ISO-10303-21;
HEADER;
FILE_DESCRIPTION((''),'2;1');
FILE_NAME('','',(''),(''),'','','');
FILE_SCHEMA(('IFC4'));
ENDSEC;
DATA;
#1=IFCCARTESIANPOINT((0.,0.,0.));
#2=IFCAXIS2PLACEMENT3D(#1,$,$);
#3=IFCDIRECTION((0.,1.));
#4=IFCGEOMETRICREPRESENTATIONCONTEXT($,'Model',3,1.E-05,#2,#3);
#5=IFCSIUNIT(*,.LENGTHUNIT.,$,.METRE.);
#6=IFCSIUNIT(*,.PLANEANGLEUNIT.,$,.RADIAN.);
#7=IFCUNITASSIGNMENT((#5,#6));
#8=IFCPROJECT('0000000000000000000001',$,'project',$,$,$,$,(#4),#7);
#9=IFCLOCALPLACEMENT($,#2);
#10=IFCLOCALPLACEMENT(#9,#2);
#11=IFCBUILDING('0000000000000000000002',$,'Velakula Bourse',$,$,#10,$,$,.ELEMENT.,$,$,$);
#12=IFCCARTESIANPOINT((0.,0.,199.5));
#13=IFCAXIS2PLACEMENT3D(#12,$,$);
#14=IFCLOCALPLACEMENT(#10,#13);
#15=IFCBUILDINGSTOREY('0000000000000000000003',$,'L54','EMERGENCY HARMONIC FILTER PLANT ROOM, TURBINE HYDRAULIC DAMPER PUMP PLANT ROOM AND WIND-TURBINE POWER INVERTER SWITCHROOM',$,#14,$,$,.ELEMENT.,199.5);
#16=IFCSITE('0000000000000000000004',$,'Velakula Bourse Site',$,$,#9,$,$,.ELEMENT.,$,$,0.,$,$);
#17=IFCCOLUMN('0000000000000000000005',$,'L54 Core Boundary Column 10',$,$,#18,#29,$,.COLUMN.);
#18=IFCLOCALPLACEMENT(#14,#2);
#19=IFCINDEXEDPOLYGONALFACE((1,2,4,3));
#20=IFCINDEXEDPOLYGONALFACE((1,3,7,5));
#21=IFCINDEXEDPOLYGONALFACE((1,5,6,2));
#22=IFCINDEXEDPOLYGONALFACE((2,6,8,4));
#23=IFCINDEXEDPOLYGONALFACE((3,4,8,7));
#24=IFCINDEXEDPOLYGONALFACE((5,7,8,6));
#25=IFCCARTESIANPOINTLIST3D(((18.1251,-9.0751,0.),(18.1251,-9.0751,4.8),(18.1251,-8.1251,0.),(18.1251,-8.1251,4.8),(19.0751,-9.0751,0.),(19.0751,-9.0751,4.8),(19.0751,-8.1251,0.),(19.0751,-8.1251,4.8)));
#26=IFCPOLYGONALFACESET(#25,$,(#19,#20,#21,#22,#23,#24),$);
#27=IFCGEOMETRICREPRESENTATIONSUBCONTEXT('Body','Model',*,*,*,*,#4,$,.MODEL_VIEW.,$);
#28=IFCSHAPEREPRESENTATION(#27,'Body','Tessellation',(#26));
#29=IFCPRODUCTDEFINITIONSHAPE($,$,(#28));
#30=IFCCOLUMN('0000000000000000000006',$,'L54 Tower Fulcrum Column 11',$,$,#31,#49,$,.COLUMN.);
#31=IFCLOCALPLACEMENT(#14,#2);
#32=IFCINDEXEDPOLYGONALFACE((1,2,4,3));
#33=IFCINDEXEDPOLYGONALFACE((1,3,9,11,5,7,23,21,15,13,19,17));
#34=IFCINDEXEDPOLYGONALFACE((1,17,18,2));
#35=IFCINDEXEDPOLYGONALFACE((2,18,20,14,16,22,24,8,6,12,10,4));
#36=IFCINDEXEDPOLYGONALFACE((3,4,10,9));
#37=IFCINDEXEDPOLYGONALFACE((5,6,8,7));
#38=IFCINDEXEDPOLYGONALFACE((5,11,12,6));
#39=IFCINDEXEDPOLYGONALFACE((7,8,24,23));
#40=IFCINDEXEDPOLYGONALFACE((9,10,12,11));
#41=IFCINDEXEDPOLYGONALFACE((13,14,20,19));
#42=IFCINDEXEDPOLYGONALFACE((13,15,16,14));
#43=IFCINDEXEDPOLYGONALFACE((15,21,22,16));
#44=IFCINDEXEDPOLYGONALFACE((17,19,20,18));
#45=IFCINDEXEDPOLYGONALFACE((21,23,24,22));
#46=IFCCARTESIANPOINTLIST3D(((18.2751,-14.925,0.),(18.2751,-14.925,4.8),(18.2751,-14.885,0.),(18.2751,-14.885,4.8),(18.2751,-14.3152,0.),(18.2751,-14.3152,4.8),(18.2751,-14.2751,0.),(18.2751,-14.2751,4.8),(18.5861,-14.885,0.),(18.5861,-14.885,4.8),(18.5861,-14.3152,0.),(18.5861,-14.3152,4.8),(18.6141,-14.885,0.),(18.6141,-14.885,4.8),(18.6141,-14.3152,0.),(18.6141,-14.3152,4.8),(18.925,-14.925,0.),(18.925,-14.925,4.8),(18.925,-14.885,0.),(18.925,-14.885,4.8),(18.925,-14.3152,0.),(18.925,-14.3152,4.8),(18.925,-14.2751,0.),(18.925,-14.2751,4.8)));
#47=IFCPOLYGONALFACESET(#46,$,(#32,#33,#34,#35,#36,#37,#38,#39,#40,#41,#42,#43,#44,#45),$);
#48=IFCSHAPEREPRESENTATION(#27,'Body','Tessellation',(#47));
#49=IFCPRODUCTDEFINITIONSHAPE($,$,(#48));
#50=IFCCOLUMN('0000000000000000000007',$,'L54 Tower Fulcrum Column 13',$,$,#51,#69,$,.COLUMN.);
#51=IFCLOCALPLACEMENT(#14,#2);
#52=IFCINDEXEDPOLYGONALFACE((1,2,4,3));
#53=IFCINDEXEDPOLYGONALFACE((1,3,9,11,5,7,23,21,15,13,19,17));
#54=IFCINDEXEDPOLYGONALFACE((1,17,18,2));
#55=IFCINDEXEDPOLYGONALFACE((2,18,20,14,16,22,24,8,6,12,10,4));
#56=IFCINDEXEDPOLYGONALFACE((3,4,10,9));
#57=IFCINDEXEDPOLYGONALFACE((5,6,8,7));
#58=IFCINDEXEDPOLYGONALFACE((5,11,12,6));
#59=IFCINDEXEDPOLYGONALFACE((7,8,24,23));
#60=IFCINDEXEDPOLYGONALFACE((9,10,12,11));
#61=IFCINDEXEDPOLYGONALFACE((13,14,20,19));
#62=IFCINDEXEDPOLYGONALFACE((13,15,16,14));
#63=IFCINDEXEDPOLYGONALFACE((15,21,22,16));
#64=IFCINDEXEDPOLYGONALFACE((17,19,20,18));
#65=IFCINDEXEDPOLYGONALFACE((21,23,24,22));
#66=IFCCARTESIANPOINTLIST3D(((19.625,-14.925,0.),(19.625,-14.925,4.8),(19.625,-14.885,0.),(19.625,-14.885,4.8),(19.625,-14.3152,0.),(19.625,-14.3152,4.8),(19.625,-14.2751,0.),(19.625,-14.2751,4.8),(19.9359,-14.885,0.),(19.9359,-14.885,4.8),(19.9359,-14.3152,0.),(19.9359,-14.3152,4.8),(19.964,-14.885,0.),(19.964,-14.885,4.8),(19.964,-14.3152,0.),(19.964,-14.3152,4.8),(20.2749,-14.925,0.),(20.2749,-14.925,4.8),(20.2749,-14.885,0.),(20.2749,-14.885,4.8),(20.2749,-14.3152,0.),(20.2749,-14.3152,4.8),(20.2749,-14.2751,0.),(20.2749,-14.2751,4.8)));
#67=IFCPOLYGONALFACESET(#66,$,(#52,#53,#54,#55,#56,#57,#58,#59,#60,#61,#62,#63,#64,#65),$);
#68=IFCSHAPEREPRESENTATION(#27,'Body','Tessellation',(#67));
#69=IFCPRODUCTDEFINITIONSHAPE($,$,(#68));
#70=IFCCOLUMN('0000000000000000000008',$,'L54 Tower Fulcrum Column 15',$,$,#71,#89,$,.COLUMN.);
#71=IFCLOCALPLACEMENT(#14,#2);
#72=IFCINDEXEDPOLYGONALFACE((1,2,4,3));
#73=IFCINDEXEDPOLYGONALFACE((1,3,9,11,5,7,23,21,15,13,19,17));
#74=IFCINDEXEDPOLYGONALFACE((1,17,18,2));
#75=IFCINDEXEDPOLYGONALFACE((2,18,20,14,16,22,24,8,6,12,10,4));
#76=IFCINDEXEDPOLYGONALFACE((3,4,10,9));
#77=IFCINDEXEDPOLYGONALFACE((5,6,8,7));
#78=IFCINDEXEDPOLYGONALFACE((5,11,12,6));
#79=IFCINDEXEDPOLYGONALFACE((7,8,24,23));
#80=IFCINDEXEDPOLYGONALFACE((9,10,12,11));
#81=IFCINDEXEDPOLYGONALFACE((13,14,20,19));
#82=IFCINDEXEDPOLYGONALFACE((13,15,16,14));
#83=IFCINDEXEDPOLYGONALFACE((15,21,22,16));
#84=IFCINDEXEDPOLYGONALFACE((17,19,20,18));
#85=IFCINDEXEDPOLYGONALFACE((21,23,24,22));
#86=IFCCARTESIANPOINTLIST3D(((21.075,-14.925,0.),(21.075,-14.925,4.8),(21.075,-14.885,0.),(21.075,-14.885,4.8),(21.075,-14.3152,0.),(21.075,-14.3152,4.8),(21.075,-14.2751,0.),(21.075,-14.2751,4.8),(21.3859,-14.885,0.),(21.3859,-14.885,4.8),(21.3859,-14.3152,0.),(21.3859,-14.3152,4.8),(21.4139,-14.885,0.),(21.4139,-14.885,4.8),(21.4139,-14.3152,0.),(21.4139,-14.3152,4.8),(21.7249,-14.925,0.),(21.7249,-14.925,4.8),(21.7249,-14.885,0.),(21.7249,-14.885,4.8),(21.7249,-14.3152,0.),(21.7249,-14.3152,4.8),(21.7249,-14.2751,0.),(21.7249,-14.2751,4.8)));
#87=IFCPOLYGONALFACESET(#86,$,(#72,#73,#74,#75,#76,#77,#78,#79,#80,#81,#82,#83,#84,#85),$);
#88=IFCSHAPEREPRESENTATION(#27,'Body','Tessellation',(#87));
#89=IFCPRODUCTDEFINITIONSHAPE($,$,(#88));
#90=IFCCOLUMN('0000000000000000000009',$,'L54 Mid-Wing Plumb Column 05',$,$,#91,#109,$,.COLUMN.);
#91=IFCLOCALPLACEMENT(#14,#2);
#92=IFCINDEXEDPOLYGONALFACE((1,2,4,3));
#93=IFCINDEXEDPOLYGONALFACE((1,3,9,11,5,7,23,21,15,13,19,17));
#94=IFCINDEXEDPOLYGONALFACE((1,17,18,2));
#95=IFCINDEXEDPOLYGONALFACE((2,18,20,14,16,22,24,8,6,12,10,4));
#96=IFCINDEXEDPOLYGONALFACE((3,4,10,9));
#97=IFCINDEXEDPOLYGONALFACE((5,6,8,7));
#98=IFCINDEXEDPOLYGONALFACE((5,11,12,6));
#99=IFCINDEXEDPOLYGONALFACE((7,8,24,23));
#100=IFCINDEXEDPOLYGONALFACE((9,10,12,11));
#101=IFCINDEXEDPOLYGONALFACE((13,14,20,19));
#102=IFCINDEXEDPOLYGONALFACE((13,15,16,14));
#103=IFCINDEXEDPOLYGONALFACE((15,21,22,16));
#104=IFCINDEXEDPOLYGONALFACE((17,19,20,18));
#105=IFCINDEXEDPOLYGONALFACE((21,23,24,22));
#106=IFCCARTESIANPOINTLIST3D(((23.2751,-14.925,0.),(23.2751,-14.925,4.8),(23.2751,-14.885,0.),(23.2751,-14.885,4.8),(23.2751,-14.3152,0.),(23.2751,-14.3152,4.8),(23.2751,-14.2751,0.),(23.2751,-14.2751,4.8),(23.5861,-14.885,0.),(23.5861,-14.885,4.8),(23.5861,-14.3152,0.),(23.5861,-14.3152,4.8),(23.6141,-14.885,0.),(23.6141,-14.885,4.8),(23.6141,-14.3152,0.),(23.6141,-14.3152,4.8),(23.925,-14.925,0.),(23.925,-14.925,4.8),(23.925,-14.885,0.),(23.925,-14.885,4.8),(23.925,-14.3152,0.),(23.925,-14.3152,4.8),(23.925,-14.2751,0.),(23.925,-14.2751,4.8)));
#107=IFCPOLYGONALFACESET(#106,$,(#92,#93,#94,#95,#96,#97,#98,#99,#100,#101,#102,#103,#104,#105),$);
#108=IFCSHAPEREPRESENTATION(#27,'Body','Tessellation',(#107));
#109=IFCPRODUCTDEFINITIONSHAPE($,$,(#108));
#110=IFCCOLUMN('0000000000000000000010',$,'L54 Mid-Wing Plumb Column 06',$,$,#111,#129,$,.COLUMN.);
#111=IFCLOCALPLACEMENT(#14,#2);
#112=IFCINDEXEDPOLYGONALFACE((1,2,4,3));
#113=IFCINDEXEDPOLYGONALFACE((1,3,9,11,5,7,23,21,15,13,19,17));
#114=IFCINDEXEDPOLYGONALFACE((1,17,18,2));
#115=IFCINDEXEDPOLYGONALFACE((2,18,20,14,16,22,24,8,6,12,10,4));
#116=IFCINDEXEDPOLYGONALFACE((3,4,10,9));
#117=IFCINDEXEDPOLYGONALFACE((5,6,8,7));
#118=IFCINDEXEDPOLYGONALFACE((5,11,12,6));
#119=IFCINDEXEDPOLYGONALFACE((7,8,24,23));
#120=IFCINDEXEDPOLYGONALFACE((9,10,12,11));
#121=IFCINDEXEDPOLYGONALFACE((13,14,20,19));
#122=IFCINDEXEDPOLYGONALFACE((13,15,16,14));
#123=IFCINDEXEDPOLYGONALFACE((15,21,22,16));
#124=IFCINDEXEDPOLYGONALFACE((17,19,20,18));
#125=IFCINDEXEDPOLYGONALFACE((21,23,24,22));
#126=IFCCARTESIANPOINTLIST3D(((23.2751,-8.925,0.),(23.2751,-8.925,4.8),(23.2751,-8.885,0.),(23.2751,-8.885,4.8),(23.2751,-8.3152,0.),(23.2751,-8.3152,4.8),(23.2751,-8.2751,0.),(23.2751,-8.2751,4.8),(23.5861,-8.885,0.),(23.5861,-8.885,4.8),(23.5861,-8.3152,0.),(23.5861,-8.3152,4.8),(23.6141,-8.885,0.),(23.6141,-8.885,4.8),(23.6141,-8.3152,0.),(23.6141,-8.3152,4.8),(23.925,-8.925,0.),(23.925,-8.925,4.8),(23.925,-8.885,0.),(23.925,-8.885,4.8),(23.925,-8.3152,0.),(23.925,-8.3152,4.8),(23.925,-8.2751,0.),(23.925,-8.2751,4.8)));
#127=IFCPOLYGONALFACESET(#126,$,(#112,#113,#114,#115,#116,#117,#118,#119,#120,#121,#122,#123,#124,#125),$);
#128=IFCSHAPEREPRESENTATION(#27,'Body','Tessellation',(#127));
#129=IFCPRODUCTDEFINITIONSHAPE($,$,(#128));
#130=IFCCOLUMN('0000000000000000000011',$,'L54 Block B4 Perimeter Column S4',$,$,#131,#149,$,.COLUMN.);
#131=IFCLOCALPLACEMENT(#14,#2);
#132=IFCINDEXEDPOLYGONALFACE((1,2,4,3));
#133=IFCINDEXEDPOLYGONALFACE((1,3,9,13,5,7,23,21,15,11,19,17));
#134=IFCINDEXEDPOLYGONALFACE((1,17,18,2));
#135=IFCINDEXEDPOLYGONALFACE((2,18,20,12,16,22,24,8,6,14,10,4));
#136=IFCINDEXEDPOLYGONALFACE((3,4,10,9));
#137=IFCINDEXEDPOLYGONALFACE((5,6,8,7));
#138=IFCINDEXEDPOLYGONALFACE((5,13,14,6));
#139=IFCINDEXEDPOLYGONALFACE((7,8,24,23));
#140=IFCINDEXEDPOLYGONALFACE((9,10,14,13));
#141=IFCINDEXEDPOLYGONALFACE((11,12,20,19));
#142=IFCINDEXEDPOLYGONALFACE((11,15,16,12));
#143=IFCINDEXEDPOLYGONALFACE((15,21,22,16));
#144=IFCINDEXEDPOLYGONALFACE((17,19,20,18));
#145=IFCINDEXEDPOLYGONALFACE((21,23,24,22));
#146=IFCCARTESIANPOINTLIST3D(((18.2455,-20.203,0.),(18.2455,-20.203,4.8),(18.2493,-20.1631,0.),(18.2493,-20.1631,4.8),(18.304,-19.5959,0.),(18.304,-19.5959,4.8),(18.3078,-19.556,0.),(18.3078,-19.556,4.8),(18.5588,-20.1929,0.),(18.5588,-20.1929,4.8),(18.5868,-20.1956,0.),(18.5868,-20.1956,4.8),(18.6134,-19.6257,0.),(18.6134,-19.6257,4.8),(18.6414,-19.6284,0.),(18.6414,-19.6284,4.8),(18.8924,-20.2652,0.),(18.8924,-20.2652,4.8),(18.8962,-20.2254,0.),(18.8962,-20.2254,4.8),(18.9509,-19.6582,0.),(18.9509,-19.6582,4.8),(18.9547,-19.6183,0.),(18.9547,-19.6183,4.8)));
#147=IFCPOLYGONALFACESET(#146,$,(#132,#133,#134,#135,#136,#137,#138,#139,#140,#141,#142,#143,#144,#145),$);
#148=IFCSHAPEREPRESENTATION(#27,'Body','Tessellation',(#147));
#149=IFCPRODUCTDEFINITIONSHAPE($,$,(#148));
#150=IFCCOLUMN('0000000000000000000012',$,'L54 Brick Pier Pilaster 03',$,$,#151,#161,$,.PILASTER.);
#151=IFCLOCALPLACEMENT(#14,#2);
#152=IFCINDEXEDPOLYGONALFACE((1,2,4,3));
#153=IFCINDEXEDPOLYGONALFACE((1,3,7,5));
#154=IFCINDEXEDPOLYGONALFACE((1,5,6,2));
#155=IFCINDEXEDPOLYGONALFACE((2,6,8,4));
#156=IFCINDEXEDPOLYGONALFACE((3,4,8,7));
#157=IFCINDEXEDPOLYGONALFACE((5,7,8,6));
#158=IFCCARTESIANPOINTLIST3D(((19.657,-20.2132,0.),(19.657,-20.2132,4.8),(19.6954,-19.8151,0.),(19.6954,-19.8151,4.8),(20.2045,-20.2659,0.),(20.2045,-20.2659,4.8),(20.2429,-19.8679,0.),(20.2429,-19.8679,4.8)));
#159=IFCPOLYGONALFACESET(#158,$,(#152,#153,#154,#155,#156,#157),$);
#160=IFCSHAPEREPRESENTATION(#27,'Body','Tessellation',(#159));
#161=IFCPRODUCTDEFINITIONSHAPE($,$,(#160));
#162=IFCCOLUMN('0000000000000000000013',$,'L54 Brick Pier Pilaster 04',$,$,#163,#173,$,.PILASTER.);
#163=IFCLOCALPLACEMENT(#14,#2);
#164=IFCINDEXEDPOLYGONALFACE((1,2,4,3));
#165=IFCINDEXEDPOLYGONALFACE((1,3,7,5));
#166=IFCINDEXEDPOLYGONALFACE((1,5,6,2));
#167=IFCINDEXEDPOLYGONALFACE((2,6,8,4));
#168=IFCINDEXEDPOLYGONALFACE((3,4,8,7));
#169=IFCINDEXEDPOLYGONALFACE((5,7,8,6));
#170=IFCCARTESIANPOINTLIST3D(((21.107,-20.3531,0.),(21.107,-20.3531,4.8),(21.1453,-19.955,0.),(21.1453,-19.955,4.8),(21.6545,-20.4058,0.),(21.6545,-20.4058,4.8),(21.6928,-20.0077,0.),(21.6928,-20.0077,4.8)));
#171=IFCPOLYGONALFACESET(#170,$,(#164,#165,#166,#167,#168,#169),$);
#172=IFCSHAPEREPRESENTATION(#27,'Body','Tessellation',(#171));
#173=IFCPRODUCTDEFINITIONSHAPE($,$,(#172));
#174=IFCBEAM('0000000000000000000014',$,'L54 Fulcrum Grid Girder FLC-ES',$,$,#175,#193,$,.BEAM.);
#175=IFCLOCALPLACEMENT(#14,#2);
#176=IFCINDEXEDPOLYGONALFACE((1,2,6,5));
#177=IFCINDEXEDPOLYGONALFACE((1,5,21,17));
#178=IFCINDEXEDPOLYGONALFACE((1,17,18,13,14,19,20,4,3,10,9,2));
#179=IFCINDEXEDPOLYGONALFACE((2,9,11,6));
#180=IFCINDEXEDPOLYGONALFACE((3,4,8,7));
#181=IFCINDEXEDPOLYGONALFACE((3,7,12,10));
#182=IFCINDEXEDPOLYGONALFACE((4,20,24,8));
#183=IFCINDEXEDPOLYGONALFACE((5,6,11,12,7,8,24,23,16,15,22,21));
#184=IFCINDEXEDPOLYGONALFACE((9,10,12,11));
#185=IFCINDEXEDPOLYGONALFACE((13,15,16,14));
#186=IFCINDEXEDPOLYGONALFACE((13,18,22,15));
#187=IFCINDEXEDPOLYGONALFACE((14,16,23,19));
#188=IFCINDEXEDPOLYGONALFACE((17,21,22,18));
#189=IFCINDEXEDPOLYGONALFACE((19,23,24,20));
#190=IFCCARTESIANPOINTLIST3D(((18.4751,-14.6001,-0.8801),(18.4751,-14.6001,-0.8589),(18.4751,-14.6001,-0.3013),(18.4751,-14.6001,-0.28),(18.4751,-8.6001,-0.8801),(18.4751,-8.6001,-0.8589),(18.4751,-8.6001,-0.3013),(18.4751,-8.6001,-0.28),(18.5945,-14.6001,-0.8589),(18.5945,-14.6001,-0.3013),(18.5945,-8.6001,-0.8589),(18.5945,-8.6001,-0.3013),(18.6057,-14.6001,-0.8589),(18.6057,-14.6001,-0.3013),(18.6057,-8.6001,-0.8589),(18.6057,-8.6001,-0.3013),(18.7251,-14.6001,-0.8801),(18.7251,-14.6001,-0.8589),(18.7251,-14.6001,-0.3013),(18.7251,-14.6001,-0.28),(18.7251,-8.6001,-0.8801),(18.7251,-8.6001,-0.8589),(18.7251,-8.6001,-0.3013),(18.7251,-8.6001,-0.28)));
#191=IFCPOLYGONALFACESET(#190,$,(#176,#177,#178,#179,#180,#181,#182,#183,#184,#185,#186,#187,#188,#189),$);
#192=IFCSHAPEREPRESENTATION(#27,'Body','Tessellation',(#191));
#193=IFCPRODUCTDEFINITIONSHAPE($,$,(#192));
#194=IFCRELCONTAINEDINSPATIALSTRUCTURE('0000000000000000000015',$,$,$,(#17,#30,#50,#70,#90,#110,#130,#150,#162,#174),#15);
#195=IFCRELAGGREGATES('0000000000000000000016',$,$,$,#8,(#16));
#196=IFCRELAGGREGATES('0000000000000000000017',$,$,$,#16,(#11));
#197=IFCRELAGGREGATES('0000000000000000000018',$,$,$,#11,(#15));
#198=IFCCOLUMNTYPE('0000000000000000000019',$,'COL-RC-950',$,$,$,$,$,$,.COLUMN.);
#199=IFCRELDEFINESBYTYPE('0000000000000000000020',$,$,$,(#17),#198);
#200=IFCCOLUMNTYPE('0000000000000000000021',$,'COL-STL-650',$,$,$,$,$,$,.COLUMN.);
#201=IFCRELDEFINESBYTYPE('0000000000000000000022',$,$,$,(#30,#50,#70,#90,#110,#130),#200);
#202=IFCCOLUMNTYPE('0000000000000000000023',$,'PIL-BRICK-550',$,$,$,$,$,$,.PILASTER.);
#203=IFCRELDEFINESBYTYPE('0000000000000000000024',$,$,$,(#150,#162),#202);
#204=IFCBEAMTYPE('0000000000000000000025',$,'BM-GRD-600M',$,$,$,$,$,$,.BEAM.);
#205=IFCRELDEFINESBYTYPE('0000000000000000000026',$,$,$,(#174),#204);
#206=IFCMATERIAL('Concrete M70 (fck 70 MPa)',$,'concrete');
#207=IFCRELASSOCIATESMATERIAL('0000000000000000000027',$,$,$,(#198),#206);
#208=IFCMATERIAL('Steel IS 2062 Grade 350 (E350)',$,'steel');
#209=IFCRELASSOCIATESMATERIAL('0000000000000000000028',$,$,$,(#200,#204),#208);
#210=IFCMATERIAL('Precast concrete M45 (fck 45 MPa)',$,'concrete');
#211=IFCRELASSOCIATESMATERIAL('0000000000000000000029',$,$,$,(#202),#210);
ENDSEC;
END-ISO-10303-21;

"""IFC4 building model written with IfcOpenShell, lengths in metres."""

from ifc_helpers import new_model, si_unit, direction, frame, origin, origin_2d, place, context, subcontext, project, spatial, rectangle, i_section, extrude, material, material_profile, profile_set, type_object, element, save


model = new_model("IFC4")

# Units and contexts
model_context = context("Model", 3, precision=1e-05, world=origin(), true_north=direction((0.0, 1.0)))
body_context = subcontext(model_context, "Body", "Model", "MODEL_VIEW")
ifc_project = project(units=[si_unit("LENGTHUNIT", "METRE"), si_unit("PLANEANGLEUNIT", "RADIAN")], contexts=[model_context])

# Site, building, storey
site_placement = place(None, origin())
site = spatial("IfcSite", under=ifc_project, at=site_placement, Name="Velakula Bourse Site", CompositionType="ELEMENT", RefElevation=0.0)
building_placement = place(site_placement, origin())
building = spatial("IfcBuilding", under=site, at=building_placement, Name="Velakula Bourse", CompositionType="ELEMENT")
storey_placement = place(building_placement, frame((0.0, 0.0, 199.5)))
storey = spatial("IfcBuildingStorey", under=building, at=storey_placement, Name="L54", Description="EMERGENCY HARMONIC FILTER PLANT ROOM, TURBINE HYDRAULIC DAMPER PUMP PLANT ROOM AND WIND-TURBINE POWER INVERTER SWITCHROOM", CompositionType="ELEMENT", Elevation=199.5)

# Columns
ifc_material_1 = material(Name="Concrete M70 (fck 70 MPa)", Category="concrete")
ifc_material_profile_1 = material_profile(ifc_material_1, rectangle(XDim=0.95, YDim=0.95, at=origin_2d()), Name="Concrete M70 (fck 70 MPa)")
ifc_profile_set_1 = profile_set([ifc_material_profile_1], Name="Concrete M70 (fck 70 MPa)")
column_type_1 = type_object("IfcColumnType", Name="COL-RC-950", PredefinedType="COLUMN", material=ifc_profile_set_1)
column_placement = place(storey_placement, frame((18.6001, -8.6001, 0.0), z_axis=(0.0, 0.0, 1.0), x_axis=(1.0, 0.0, 0.0)))
element("IfcColumn", 1, at=column_placement, inside=storey, type_object=column_type_1, Name="L54 Core Boundary Column 10", PredefinedType="COLUMN", context=body_context, shape_type="SweptSolid", body=[
    extrude(rectangle(XDim=0.95, YDim=0.95, at=origin_2d()), origin(), (0.0, 0.0, 1.0), 4.8),
])
ifc_material_2 = material(Name="Steel IS 2062 Grade 350 (E350)", Category="steel")
ifc_material_profile_2 = material_profile(ifc_material_2, i_section(OverallWidth=0.6499, OverallDepth=0.6499, WebThickness=0.0281, FlangeThickness=0.04, at=origin_2d()), Name="Steel IS 2062 Grade 350 (E350)")
ifc_profile_set_2 = profile_set([ifc_material_profile_2], Name="Steel IS 2062 Grade 350 (E350)")
column_type_2 = type_object("IfcColumnType", Name="COL-STL-650", PredefinedType="COLUMN", material=ifc_profile_set_2)
for number, where, z_axis, x_axis, name in (
    (2, (18.6001, -14.6001, 0.0), (0.0, 0.0, 1.0), (1.0, 0.0, 0.0), "L54 Tower Fulcrum Column 11"),
    (3, (19.95, -14.6001, 0.0), (0.0, 0.0, 1.0), (1.0, 0.0, 0.0), "L54 Tower Fulcrum Column 13"),
    (4, (21.3999, -14.6001, 0.0), (0.0, 0.0, 1.0), (1.0, 0.0, 0.0), "L54 Tower Fulcrum Column 15"),
    (5, (23.6001, -14.6001, 0.0), (0.0, 0.0, 1.0), (1.0, 0.0, 0.0), "L54 Mid-Wing Plumb Column 05"),
    (6, (23.6001, -8.6001, 0.0), (0.0, 0.0, 1.0), (1.0, 0.0, 0.0), "L54 Mid-Wing Plumb Column 06"),
    (7, (18.6001, -19.9106, 0.0), (0.0, 0.0, 1.0), (0.995396, -0.095846, 0.0), "L54 Block B4 Perimeter Column S4"),
):
    element("IfcColumn", number, at=place(storey_placement, frame(where, z_axis=z_axis, x_axis=x_axis)), inside=storey, type_object=column_type_2, Name=name, PredefinedType="COLUMN", context=body_context, shape_type="SweptSolid", body=[
        extrude(i_section(OverallWidth=0.6499, OverallDepth=0.6499, WebThickness=0.0281, FlangeThickness=0.04, at=origin_2d()), origin(), (0.0, 0.0, 1.0), 4.8),
    ])
ifc_material_3 = material(Name="Precast concrete M45 (fck 45 MPa)", Category="concrete")
ifc_material_profile_3 = material_profile(ifc_material_3, rectangle(XDim=0.55, YDim=0.3999, at=origin_2d()), Name="Precast concrete M45 (fck 45 MPa)")
ifc_profile_set_3 = profile_set([ifc_material_profile_3], Name="Precast concrete M45 (fck 45 MPa)")
column_type_3 = type_object("IfcColumnType", Name="PIL-BRICK-550", PredefinedType="PILASTER", material=ifc_profile_set_3)
for number, where, z_axis, x_axis, name in (
    (8, (19.95, -20.0405, 0.0), (0.0, 0.0, 1.0), (0.995396, -0.095846, 0.0), "L54 Brick Pier Pilaster 03"),
    (9, (21.3999, -20.1804, 0.0), (0.0, 0.0, 1.0), (0.995396, -0.095846, 0.0), "L54 Brick Pier Pilaster 04"),
):
    element("IfcColumn", number, at=place(storey_placement, frame(where, z_axis=z_axis, x_axis=x_axis)), inside=storey, type_object=column_type_3, Name=name, PredefinedType="PILASTER", context=body_context, shape_type="SweptSolid", body=[
        extrude(rectangle(XDim=0.55, YDim=0.3999, at=origin_2d()), origin(), (0.0, 0.0, 1.0), 4.8),
    ])

# Beam
ifc_material_profile_4 = material_profile(ifc_material_2, i_section(OverallWidth=0.25, OverallDepth=0.6001, WebThickness=0.0112, FlangeThickness=0.0212, at=origin_2d()), Name="Steel IS 2062 Grade 350 (E350)")
ifc_profile_set_4 = profile_set([ifc_material_profile_4], Name="Steel IS 2062 Grade 350 (E350)")
beam_type_1 = type_object("IfcBeamType", Name="BM-GRD-600M", PredefinedType="BEAM", material=ifc_profile_set_4)
beam_1_placement = place(storey_placement, frame((18.6001, -14.6001, -0.5801), z_axis=(0.0, 1.0, 0.0), x_axis=(-1.0, 0.0, 0.0)))
element("IfcBeam", 10, at=beam_1_placement, inside=storey, type_object=beam_type_1, Name="L54 Fulcrum Grid Girder FLC-ES", PredefinedType="BEAM", context=body_context, shape_type="SweptSolid", body=[
    extrude(i_section(OverallWidth=0.25, OverallDepth=0.6001, WebThickness=0.0112, FlangeThickness=0.0212, at=origin_2d()), origin(), (0.0, 0.0, 1.0), 6.0),
])

save(model, "model.ifc")
